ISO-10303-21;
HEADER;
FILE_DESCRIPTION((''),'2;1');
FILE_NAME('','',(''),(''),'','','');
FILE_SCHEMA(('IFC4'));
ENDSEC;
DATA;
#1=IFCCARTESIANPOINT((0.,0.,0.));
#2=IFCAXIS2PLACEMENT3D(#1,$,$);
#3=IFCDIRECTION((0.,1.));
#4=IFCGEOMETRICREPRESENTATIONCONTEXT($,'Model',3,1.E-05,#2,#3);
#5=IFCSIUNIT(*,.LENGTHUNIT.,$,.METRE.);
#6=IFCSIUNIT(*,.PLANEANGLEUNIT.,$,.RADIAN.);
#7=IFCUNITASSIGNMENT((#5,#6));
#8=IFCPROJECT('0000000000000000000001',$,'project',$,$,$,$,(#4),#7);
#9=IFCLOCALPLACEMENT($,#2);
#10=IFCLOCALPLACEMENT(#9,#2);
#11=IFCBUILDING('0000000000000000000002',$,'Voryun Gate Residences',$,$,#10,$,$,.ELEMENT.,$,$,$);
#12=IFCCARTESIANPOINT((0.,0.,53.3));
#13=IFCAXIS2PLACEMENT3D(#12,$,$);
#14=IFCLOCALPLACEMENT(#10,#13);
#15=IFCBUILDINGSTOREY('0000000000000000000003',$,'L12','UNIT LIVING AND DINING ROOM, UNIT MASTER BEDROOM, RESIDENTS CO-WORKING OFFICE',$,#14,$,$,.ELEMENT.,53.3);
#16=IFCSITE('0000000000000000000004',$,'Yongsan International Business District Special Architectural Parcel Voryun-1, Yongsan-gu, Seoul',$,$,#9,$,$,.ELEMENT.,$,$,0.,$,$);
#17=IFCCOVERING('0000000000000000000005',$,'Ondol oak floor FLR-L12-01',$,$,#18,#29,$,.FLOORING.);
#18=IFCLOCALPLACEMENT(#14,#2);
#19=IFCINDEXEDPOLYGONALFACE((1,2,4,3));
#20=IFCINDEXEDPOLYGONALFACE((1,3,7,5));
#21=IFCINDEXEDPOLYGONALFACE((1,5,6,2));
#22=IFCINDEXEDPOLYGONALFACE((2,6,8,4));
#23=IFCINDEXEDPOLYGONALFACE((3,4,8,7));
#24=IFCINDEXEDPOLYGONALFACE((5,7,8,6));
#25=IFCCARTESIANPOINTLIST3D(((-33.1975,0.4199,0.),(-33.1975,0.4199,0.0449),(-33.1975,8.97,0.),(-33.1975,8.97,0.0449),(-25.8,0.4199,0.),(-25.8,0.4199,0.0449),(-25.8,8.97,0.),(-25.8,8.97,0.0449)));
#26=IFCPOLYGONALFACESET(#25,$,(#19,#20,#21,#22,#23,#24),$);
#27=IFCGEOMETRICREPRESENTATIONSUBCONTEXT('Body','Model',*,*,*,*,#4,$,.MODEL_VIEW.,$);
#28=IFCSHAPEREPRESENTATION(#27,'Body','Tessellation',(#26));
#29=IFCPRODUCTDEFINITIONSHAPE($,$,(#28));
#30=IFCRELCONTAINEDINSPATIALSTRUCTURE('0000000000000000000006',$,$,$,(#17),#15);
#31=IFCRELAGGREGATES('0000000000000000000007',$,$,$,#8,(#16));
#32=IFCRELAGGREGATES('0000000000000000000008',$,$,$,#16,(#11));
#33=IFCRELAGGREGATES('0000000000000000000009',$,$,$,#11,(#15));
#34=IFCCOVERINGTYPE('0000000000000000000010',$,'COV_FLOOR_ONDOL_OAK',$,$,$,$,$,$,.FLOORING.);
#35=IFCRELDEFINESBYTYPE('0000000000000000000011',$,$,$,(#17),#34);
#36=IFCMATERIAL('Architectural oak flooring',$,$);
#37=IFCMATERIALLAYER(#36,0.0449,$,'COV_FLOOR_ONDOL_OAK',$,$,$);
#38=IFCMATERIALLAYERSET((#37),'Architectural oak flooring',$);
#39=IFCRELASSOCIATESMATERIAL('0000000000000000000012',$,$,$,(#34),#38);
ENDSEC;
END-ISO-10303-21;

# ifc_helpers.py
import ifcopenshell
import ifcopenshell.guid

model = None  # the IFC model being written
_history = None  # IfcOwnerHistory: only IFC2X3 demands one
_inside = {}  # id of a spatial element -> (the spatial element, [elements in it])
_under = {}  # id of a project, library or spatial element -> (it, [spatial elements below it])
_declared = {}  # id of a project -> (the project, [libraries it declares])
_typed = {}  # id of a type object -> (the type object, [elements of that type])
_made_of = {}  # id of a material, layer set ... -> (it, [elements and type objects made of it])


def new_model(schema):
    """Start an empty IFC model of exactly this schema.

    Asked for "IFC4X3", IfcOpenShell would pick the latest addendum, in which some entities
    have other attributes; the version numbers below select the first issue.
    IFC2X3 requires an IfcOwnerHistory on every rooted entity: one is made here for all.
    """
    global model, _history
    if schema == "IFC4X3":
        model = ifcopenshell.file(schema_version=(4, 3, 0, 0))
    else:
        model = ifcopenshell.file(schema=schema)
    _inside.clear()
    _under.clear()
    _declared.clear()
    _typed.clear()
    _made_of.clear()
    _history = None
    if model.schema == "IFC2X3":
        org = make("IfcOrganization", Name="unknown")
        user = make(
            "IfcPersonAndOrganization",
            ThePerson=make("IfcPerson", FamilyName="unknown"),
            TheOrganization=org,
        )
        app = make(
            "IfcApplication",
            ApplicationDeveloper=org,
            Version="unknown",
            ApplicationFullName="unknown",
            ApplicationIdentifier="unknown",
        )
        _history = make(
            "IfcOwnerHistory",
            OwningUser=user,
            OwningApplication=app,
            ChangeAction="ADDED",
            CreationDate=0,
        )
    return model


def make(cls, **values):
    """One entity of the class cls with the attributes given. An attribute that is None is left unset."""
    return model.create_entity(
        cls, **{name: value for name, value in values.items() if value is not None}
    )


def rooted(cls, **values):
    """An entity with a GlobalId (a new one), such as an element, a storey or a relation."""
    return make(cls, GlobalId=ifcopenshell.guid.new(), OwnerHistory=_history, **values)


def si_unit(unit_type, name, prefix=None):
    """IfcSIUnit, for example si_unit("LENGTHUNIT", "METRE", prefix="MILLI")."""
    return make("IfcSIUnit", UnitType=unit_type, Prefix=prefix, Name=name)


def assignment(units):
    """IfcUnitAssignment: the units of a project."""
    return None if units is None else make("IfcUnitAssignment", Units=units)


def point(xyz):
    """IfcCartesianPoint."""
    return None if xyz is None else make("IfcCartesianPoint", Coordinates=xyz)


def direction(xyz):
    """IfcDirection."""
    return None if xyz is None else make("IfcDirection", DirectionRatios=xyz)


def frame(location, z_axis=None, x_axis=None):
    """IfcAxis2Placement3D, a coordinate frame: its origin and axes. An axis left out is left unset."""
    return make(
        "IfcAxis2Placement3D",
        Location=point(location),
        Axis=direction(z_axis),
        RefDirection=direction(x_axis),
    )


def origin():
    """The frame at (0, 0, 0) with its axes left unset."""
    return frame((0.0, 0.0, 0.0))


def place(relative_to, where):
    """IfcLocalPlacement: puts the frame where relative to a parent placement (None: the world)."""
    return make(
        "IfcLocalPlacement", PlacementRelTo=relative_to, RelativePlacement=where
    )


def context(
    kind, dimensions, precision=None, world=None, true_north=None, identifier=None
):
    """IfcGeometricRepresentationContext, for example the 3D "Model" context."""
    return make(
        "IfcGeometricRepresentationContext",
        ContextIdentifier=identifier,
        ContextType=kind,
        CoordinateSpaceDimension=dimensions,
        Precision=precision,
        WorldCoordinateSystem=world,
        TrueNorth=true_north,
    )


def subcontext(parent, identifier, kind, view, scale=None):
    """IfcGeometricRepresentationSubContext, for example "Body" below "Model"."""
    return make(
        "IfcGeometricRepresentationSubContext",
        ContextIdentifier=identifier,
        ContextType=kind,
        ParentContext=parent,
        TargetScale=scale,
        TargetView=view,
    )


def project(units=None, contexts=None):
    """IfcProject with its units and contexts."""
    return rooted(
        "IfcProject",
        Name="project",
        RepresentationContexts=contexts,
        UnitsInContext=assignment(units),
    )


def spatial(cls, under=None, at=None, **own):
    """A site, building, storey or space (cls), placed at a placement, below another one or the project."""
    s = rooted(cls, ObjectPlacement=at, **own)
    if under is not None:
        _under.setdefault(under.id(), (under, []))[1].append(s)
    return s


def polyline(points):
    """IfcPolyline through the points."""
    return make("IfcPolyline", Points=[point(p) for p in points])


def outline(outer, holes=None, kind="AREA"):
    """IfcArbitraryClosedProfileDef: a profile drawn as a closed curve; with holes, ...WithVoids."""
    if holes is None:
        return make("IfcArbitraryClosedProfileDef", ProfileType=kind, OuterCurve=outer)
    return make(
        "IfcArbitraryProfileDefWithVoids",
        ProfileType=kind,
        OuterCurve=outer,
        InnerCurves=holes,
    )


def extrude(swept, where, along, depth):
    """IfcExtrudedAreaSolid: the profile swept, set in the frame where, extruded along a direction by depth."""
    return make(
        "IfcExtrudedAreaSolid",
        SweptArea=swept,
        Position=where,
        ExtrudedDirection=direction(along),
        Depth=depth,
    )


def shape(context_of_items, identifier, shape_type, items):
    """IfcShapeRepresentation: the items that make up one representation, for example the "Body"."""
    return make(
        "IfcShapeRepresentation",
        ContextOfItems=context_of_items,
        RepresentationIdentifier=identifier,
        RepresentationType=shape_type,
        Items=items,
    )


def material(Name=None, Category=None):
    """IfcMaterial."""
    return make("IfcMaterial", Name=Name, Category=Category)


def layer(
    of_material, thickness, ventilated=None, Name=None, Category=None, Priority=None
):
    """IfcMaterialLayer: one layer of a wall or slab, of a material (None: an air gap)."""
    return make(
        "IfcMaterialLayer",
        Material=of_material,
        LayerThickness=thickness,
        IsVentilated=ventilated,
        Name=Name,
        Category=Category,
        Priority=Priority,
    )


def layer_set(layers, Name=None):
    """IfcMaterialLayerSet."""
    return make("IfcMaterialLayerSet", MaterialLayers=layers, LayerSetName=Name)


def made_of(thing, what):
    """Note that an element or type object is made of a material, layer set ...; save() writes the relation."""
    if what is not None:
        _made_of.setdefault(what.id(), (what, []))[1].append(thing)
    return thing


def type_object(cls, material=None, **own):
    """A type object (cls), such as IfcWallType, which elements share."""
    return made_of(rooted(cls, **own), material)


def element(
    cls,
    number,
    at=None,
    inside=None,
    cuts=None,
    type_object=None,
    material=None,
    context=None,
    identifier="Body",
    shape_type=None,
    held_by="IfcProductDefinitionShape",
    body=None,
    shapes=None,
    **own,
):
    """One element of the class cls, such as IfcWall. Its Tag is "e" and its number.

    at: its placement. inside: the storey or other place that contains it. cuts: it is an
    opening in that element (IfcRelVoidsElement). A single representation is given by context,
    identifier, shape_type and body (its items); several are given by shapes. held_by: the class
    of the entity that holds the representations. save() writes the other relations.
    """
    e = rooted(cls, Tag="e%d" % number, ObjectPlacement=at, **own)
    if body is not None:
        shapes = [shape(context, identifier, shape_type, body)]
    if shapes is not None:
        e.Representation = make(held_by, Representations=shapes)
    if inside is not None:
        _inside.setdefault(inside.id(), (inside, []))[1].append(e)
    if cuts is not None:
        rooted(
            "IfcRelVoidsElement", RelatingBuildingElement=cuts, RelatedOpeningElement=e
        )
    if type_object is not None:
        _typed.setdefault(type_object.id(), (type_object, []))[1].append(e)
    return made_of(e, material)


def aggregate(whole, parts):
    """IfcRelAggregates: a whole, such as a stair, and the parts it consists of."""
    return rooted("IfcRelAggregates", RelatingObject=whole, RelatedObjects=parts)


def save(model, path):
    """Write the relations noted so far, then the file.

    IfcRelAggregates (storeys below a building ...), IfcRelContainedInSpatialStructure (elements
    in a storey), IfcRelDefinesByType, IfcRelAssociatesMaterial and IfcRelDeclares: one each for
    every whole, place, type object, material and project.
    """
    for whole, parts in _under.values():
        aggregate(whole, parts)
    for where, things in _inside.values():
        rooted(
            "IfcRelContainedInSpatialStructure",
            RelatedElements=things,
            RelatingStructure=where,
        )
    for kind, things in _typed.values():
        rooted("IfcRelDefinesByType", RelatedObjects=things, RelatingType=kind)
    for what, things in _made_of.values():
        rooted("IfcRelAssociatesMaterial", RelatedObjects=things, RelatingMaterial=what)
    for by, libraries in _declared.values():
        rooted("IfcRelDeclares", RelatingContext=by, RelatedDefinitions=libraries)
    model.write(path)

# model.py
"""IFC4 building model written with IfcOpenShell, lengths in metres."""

from ifc_helpers import new_model, si_unit, direction, frame, origin, place, context, subcontext, project, spatial, polyline, outline, extrude, material, layer, layer_set, type_object, element, save


model = new_model("IFC4")

# Units and contexts
model_context = context("Model", 3, precision=1e-05, world=origin(), true_north=direction((0.0, 1.0)))
body_context = subcontext(model_context, "Body", "Model", "MODEL_VIEW")
ifc_project = project(units=[si_unit("LENGTHUNIT", "METRE"), si_unit("PLANEANGLEUNIT", "RADIAN")], contexts=[model_context])

# Site, building, storey
site_placement = place(None, origin())
site = spatial("IfcSite", under=ifc_project, at=site_placement, Name="Yongsan International Business District Special Architectural Parcel Voryun-1, Yongsan-gu, Seoul", CompositionType="ELEMENT", RefElevation=0.0)
building_placement = place(site_placement, origin())
building = spatial("IfcBuilding", under=site, at=building_placement, Name="Voryun Gate Residences", CompositionType="ELEMENT")
storey_placement = place(building_placement, frame((0.0, 0.0, 53.3)))
storey = spatial("IfcBuildingStorey", under=building, at=storey_placement, Name="L12", Description="UNIT LIVING AND DINING ROOM, UNIT MASTER BEDROOM, RESIDENTS CO-WORKING OFFICE", CompositionType="ELEMENT", Elevation=53.3)

# Covering
ifc_material_1 = material(Name="Architectural oak flooring")
ifc_layer_1 = layer(ifc_material_1, 0.0449, Name="COV_FLOOR_ONDOL_OAK")
ifc_layer_set_1 = layer_set([ifc_layer_1], Name="Architectural oak flooring")
covering_type_1 = type_object("IfcCoveringType", Name="COV_FLOOR_ONDOL_OAK", PredefinedType="FLOORING", material=ifc_layer_set_1)
covering_1_placement = place(storey_placement, origin())
element("IfcCovering", 1, at=covering_1_placement, inside=storey, type_object=covering_type_1, Name="Ondol oak floor FLR-L12-01", PredefinedType="FLOORING", context=body_context, shape_type="SweptSolid", body=[
    extrude(outline(polyline([(-25.8, 8.97), (-25.8, 0.4199), (-33.1975, 0.4199), (-33.1975, 8.97), (-25.8, 8.97)])), origin(), (0.0, 0.0, 1.0), 0.0449),
])

save(model, "model.ifc")
